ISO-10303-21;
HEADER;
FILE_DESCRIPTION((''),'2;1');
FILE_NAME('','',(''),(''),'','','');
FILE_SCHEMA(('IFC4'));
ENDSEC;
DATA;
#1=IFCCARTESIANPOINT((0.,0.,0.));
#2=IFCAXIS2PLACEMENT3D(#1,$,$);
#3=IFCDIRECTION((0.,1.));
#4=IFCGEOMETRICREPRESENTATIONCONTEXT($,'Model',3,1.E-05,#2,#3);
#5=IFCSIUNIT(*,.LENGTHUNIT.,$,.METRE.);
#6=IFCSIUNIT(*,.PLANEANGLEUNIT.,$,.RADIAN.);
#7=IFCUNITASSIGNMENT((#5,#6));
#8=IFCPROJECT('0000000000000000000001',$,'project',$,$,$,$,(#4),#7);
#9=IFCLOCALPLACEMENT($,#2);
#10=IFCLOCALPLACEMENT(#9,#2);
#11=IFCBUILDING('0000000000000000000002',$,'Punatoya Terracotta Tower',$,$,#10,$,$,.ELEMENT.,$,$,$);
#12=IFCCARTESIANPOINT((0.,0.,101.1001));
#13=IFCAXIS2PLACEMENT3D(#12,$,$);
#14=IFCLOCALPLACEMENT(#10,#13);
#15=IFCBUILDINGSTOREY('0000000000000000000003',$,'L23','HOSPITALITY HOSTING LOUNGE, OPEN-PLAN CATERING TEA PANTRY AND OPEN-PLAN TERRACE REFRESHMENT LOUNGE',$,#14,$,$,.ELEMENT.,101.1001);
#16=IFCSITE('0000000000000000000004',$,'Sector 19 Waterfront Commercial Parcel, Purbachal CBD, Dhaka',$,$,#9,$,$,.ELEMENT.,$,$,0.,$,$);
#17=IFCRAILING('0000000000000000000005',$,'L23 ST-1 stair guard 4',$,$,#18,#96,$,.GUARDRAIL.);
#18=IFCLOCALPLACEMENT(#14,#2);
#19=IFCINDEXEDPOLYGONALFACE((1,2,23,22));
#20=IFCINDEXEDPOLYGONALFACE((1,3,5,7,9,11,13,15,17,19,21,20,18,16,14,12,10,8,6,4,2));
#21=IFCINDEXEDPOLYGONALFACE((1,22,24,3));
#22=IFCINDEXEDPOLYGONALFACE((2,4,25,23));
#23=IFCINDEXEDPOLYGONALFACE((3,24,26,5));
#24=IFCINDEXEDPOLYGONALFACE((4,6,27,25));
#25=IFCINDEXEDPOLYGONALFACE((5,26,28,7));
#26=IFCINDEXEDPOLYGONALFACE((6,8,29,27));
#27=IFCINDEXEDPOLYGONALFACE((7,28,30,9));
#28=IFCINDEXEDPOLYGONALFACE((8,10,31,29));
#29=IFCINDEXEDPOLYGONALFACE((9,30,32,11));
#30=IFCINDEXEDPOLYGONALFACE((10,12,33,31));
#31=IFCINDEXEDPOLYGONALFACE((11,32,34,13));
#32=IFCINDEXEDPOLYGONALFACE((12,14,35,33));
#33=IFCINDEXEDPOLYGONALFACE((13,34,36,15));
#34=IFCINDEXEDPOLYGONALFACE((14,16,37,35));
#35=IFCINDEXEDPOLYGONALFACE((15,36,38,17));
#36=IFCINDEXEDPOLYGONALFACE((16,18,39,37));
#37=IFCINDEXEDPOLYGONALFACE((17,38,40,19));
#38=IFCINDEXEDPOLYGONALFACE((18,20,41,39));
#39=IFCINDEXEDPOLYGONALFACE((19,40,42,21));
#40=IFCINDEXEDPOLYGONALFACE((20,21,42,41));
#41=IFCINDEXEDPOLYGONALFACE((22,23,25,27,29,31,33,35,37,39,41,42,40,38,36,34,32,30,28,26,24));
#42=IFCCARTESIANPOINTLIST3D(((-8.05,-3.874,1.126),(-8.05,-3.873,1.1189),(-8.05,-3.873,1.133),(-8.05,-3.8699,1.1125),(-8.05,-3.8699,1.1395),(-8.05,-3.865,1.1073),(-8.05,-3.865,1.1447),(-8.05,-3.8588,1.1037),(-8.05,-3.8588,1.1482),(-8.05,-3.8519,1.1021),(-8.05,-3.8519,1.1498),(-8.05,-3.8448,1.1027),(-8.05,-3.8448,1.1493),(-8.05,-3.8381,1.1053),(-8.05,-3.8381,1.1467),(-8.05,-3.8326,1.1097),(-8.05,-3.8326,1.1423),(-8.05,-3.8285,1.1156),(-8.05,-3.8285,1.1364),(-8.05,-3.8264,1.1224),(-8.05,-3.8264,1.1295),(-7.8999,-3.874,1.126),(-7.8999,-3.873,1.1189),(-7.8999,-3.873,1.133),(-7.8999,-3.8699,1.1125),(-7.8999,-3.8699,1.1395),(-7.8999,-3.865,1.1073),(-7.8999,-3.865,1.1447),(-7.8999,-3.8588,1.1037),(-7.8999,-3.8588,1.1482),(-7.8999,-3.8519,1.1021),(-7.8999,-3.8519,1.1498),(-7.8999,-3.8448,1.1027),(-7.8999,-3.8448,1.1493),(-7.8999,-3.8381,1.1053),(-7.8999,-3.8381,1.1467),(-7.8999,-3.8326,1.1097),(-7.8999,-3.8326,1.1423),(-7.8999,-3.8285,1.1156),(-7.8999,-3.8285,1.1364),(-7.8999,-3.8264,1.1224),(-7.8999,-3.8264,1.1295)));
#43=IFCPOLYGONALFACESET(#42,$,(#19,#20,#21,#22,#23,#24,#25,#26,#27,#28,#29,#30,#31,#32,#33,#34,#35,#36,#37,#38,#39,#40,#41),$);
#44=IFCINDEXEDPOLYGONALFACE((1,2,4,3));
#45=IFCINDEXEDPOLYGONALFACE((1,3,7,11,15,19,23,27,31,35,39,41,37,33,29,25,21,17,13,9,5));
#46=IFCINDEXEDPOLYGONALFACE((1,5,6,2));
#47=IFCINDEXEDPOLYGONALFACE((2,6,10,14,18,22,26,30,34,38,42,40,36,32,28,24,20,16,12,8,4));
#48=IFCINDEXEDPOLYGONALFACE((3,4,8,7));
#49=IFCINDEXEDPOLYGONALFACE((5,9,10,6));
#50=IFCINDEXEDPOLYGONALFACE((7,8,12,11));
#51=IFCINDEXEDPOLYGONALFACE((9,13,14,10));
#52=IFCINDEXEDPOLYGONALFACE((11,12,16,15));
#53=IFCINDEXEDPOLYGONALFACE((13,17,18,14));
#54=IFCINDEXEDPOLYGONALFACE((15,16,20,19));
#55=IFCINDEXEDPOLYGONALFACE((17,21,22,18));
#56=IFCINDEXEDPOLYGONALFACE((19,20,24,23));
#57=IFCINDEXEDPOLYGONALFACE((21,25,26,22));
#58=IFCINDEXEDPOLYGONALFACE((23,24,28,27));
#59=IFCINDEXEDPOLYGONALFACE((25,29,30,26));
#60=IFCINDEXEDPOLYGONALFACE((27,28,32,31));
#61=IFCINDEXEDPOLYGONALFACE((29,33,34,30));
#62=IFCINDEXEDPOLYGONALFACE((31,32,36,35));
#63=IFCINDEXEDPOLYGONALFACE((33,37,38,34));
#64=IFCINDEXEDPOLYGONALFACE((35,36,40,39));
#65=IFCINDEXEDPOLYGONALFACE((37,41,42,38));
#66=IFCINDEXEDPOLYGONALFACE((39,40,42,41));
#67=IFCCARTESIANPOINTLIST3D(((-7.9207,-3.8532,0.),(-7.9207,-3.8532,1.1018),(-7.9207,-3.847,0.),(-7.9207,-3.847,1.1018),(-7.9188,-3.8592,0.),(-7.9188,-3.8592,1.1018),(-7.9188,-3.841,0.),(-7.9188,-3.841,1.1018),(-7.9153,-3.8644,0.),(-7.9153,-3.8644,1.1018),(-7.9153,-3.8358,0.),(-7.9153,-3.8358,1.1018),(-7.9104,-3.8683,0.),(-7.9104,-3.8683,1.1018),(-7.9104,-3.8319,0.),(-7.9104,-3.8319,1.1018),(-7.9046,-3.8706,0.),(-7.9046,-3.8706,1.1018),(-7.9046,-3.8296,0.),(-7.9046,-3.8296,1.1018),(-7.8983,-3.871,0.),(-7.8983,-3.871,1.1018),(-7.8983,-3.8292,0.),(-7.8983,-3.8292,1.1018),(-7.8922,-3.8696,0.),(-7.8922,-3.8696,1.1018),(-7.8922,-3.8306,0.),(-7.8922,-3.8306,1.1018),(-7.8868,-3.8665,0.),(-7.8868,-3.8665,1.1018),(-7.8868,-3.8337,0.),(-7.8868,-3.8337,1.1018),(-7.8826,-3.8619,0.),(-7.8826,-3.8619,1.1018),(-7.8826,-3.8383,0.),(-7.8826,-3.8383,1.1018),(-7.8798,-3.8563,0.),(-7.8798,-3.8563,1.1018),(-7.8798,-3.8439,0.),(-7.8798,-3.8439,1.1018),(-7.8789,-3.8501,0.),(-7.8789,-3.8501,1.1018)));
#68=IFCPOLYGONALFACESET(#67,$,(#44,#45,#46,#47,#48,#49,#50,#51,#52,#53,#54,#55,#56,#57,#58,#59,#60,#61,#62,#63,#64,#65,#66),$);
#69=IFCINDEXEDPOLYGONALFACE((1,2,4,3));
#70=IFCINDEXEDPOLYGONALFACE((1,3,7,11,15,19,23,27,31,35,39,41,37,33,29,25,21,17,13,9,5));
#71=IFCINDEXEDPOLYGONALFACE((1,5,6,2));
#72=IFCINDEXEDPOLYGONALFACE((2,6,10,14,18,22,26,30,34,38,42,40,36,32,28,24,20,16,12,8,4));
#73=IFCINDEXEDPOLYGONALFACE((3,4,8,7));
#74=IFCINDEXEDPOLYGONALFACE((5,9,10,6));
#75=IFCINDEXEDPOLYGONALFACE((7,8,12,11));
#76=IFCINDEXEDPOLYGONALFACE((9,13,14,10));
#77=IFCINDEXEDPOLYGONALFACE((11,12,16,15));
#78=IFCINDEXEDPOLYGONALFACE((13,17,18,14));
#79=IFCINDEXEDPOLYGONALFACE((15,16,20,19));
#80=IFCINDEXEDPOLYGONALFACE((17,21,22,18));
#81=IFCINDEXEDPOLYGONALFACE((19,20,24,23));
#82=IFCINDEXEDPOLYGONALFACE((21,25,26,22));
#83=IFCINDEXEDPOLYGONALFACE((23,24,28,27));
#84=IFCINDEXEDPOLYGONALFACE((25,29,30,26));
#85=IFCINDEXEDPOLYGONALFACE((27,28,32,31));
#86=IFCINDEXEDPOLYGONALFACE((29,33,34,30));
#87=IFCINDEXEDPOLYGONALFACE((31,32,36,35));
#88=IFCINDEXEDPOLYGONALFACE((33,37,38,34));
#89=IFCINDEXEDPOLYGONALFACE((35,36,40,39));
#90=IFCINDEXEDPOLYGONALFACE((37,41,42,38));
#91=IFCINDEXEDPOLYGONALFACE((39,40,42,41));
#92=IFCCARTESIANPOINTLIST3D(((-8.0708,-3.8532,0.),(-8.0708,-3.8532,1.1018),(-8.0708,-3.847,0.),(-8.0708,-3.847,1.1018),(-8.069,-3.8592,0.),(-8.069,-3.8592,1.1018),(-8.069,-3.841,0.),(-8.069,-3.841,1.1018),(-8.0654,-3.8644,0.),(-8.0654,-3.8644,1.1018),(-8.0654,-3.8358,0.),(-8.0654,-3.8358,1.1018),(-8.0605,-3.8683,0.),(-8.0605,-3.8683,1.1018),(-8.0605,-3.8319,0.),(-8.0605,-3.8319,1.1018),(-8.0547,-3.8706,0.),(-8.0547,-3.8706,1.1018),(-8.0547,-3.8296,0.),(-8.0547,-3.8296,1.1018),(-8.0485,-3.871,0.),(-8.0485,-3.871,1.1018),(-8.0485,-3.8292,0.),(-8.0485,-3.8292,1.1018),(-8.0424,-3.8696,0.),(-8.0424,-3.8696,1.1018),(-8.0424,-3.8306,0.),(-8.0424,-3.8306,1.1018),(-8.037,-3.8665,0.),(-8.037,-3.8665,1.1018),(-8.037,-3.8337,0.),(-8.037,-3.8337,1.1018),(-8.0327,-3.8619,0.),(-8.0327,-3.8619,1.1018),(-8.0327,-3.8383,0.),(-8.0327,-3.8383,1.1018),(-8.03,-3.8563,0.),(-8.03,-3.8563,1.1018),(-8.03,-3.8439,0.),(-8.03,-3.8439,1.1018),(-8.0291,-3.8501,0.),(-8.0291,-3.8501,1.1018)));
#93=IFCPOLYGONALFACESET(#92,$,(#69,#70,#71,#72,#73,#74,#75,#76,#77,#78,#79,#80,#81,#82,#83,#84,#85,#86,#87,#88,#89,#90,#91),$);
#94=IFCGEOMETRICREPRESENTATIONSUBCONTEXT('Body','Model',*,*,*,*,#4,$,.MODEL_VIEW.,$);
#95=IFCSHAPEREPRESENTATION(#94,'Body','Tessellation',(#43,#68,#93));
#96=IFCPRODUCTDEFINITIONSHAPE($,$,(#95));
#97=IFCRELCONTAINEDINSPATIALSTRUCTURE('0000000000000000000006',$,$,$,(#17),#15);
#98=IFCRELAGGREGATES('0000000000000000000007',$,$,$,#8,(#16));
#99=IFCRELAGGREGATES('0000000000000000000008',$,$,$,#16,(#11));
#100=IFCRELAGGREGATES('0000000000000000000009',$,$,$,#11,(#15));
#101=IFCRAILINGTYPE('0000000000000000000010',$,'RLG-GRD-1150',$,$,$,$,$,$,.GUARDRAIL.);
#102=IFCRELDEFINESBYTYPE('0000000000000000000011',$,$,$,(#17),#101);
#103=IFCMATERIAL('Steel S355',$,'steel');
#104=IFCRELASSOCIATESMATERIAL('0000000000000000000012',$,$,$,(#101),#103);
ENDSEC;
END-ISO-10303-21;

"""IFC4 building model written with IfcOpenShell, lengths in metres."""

from ifc_helpers import new_model, si_unit, direction, frame, origin, origin_2d, place, context, subcontext, project, spatial, circle, extrude, material, type_object, element, save


model = new_model("IFC4")

# Units and contexts
model_context = context("Model", 3, precision=1e-05, world=origin(), true_north=direction((0.0, 1.0)))
body_context = subcontext(model_context, "Body", "Model", "MODEL_VIEW")
ifc_project = project(units=[si_unit("LENGTHUNIT", "METRE"), si_unit("PLANEANGLEUNIT", "RADIAN")], contexts=[model_context])

# Site, building, storey
site_placement = place(None, origin())
site = spatial("IfcSite", under=ifc_project, at=site_placement, Name="Sector 19 Waterfront Commercial Parcel, Purbachal CBD, Dhaka", CompositionType="ELEMENT", RefElevation=0.0)
building_placement = place(site_placement, origin())
building = spatial("IfcBuilding", under=site, at=building_placement, Name="Punatoya Terracotta Tower", CompositionType="ELEMENT")
storey_placement = place(building_placement, frame((0.0, 0.0, 101.1001)))
storey = spatial("IfcBuildingStorey", under=building, at=storey_placement, Name="L23", Description="HOSPITALITY HOSTING LOUNGE, OPEN-PLAN CATERING TEA PANTRY AND OPEN-PLAN TERRACE REFRESHMENT LOUNGE", CompositionType="ELEMENT", Elevation=101.1001)

# Shared definitions
ifc_material_1 = material(Name="Steel S355", Category="steel")

# Railing
railing_type_1 = type_object("IfcRailingType", Name="RLG-GRD-1150", PredefinedType="GUARDRAIL", material=ifc_material_1)
railing_1_placement = place(storey_placement, frame((-7.8999, -3.8501, 0.0)))
element("IfcRailing", 1, at=railing_1_placement, inside=storey, type_object=railing_type_1, Name="L23 ST-1 stair guard 4", PredefinedType="GUARDRAIL", context=body_context, shape_type="SweptSolid", body=[
    extrude(circle(Radius=0.0239, at=origin_2d()), frame((0.0, 0.0, 1.126), z_axis=(-1.0, 0.0, 0.0), x_axis=(0.0, -1.0, 0.0)), (0.0, 0.0, 1.0), 0.1501),
    extrude(circle(Radius=0.021, at=origin_2d()), origin(), (0.0, 0.0, 1.0), 1.1018),
    extrude(circle(Radius=0.021, at=origin_2d()), frame((-0.1501, 0.0, 0.0)), (0.0, 0.0, 1.0), 1.1018),
])

save(model, "model.ifc")
